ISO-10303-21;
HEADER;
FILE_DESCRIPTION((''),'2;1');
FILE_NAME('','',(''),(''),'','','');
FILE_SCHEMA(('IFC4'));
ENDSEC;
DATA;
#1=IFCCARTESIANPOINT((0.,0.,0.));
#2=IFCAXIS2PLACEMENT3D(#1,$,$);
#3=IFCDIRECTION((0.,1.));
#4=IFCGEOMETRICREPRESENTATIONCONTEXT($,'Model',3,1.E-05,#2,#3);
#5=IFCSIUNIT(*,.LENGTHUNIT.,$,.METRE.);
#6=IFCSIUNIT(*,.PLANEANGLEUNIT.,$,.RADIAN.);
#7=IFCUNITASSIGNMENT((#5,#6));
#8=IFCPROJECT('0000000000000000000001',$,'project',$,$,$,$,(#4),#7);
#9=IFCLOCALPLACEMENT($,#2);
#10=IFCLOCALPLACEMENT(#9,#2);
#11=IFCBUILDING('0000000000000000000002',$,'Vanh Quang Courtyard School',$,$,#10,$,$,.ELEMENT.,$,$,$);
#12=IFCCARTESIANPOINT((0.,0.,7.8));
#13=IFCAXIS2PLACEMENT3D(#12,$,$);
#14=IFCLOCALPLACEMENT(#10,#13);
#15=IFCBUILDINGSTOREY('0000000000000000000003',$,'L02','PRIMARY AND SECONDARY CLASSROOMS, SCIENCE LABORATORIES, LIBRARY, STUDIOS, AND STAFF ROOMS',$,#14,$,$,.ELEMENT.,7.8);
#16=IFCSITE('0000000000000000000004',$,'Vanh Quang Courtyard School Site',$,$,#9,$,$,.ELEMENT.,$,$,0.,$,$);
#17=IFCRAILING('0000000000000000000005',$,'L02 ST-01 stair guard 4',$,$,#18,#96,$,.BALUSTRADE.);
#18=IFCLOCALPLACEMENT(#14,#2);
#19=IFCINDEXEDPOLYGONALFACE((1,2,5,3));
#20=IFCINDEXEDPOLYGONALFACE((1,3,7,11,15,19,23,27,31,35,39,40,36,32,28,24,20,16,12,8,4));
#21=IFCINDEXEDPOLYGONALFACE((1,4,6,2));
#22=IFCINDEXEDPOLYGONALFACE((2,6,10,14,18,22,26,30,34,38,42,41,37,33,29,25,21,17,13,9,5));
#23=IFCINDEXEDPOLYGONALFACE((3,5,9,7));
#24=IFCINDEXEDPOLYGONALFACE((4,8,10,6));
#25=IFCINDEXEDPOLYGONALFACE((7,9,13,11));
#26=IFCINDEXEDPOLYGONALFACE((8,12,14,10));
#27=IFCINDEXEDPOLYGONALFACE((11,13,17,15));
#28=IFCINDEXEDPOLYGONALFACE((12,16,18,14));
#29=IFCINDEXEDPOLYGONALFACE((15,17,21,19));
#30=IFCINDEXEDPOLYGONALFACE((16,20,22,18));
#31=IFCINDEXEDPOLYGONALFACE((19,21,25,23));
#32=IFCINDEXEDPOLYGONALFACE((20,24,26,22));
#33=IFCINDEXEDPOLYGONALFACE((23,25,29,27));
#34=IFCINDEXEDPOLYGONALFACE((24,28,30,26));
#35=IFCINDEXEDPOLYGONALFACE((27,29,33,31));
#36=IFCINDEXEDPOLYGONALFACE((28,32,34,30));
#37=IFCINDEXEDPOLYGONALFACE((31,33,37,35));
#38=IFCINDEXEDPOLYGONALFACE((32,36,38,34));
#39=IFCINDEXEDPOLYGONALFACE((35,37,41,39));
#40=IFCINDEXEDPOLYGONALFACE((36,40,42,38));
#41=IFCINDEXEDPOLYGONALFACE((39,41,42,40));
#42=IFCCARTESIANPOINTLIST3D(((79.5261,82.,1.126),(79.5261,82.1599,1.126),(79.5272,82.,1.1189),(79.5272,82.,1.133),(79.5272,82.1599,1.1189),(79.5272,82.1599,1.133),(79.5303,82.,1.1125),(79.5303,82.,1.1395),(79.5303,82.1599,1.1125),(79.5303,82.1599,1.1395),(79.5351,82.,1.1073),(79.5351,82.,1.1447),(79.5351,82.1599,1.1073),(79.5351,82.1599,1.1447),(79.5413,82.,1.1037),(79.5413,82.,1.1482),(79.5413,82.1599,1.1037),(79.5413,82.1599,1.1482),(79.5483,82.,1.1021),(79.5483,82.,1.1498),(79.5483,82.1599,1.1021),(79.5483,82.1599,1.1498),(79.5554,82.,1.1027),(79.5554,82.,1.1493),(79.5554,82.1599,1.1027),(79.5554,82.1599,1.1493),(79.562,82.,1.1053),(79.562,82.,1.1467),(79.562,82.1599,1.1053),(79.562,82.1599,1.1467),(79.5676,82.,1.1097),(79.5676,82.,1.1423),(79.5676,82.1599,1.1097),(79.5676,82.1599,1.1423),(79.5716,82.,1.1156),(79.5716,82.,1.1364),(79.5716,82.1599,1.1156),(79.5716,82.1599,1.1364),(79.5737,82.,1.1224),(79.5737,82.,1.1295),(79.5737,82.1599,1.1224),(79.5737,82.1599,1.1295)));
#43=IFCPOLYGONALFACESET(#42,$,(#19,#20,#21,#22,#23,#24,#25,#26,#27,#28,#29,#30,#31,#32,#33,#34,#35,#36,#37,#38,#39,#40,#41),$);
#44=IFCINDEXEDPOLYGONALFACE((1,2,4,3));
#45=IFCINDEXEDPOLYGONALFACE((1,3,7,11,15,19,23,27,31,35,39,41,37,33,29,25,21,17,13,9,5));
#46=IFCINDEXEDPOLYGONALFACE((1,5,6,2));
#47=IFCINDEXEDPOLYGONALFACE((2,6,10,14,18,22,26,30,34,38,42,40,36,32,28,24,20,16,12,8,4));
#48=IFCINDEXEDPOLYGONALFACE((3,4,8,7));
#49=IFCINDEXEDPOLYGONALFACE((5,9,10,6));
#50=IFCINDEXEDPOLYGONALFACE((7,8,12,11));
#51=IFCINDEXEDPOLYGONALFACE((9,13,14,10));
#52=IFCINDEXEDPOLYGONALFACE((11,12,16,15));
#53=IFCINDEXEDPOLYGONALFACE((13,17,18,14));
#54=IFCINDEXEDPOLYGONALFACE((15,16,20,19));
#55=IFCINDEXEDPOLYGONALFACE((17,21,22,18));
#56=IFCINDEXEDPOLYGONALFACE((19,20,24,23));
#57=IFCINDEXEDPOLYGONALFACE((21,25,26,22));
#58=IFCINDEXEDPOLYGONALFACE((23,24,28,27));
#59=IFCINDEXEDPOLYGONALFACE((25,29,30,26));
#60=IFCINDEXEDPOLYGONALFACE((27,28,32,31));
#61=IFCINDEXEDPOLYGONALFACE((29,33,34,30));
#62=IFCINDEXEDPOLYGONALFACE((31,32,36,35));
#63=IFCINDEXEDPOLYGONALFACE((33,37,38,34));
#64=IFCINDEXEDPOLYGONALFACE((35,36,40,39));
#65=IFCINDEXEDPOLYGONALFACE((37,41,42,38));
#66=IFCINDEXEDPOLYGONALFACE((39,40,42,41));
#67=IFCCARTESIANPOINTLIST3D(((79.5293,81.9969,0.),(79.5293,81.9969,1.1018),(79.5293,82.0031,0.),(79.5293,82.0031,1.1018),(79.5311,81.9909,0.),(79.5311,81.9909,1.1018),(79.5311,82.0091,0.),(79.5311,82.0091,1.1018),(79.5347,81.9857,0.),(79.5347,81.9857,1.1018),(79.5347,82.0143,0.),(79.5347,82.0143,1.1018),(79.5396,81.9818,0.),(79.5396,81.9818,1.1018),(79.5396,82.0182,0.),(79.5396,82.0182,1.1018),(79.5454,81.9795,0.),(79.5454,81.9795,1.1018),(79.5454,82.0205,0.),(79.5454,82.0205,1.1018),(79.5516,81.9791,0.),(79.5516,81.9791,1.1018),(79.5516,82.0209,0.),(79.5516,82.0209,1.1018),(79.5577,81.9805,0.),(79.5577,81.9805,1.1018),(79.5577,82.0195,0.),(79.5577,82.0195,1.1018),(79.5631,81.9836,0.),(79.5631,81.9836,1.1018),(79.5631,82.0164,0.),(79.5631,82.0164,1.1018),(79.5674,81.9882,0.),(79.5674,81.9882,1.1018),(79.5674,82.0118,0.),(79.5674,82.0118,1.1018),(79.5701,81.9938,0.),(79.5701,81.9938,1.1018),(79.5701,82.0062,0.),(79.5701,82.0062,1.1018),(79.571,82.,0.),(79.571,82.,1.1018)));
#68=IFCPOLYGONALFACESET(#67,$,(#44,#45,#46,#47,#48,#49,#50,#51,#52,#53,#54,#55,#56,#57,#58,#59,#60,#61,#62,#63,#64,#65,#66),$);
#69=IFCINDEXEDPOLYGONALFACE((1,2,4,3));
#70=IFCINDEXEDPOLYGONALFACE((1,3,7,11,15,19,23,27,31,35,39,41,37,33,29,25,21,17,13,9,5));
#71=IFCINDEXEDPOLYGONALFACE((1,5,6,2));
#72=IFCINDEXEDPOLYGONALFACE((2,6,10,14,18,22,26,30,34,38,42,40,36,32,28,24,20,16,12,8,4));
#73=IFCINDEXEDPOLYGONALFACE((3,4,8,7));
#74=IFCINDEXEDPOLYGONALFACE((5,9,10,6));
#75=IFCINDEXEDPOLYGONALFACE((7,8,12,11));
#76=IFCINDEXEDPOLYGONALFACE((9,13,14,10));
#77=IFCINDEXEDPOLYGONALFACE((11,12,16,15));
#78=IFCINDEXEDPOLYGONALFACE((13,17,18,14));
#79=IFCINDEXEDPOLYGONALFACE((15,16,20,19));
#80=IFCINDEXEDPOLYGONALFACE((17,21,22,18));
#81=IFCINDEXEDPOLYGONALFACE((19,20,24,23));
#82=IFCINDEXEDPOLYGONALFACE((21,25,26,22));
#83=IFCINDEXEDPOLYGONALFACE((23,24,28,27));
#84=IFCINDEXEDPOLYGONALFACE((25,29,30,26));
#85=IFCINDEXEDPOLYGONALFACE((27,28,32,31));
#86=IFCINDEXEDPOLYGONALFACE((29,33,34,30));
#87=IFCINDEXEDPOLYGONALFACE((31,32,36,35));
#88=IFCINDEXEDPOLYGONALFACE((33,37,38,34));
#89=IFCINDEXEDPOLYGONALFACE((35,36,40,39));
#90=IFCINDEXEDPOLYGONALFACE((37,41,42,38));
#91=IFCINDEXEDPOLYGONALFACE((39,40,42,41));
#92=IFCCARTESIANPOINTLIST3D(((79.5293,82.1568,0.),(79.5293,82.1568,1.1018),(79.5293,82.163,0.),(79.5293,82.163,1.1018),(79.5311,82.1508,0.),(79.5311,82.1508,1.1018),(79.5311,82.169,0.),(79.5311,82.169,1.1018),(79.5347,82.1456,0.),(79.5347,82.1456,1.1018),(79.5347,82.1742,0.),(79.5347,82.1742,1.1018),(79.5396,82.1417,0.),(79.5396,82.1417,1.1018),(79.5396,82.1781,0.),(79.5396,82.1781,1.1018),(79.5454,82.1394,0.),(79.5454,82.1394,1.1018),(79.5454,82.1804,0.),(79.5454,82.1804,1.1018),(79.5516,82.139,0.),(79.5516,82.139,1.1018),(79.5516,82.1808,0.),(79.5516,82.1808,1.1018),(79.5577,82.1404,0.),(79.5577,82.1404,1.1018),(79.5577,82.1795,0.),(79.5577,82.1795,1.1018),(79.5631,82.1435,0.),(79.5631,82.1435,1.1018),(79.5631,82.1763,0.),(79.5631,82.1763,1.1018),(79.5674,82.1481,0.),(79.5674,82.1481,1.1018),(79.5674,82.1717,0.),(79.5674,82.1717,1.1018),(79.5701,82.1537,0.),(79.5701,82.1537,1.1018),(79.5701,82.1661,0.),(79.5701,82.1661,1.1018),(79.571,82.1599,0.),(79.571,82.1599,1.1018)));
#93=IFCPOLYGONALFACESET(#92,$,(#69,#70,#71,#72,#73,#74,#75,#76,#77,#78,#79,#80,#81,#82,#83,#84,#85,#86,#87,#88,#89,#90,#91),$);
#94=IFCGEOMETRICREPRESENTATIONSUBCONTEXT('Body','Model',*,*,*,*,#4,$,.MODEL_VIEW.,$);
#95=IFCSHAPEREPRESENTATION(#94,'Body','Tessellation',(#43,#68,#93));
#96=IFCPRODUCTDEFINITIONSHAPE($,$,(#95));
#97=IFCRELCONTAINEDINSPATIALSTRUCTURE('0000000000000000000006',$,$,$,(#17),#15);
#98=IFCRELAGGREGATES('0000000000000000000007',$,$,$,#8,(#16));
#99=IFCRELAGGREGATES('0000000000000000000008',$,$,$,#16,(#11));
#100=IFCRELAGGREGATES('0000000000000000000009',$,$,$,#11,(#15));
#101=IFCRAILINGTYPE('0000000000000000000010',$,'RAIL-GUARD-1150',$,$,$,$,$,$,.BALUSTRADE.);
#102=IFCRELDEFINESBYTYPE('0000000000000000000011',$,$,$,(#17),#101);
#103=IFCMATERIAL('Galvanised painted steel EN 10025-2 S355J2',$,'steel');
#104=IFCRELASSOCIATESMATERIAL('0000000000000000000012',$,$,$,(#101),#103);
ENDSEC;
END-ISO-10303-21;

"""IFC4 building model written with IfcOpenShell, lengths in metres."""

from ifc_helpers import new_model, si_unit, direction, frame, origin, origin_2d, place, context, subcontext, project, spatial, circle, extrude, material, type_object, element, save


model = new_model("IFC4")

# Units and contexts
model_context = context("Model", 3, precision=1e-05, world=origin(), true_north=direction((0.0, 1.0)))
body_context = subcontext(model_context, "Body", "Model", "MODEL_VIEW")
ifc_project = project(units=[si_unit("LENGTHUNIT", "METRE"), si_unit("PLANEANGLEUNIT", "RADIAN")], contexts=[model_context])

# Site, building, storey
site_placement = place(None, origin())
site = spatial("IfcSite", under=ifc_project, at=site_placement, Name="Vanh Quang Courtyard School Site", CompositionType="ELEMENT", RefElevation=0.0)
building_placement = place(site_placement, origin())
building = spatial("IfcBuilding", under=site, at=building_placement, Name="Vanh Quang Courtyard School", CompositionType="ELEMENT")
storey_placement = place(building_placement, frame((0.0, 0.0, 7.8)))
storey = spatial("IfcBuildingStorey", under=building, at=storey_placement, Name="L02", Description="PRIMARY AND SECONDARY CLASSROOMS, SCIENCE LABORATORIES, LIBRARY, STUDIOS, AND STAFF ROOMS", CompositionType="ELEMENT", Elevation=7.8)

# Railing
ifc_material_1 = material(Name="Galvanised painted steel EN 10025-2 S355J2", Category="steel")
railing_type_1 = type_object("IfcRailingType", Name="RAIL-GUARD-1150", PredefinedType="BALUSTRADE", material=ifc_material_1)
railing_1_placement = place(storey_placement, frame((79.55, 82.0, 0.0)))
element("IfcRailing", 1, at=railing_1_placement, inside=storey, type_object=railing_type_1, Name="L02 ST-01 stair guard 4", PredefinedType="BALUSTRADE", context=body_context, shape_type="SweptSolid", body=[
    extrude(circle(Radius=0.0239, at=origin_2d()), frame((0.0, 0.0, 1.126), z_axis=(0.0, 1.0, 0.0), x_axis=(-1.0, 0.0, 0.0)), (0.0, 0.0, 1.0), 0.1599),
    extrude(circle(Radius=0.021, at=origin_2d()), origin(), (0.0, 0.0, 1.0), 1.1018),
    extrude(circle(Radius=0.021, at=origin_2d()), frame((0.0, 0.1599, 0.0)), (0.0, 0.0, 1.0), 1.1018),
])

save(model, "model.ifc")
